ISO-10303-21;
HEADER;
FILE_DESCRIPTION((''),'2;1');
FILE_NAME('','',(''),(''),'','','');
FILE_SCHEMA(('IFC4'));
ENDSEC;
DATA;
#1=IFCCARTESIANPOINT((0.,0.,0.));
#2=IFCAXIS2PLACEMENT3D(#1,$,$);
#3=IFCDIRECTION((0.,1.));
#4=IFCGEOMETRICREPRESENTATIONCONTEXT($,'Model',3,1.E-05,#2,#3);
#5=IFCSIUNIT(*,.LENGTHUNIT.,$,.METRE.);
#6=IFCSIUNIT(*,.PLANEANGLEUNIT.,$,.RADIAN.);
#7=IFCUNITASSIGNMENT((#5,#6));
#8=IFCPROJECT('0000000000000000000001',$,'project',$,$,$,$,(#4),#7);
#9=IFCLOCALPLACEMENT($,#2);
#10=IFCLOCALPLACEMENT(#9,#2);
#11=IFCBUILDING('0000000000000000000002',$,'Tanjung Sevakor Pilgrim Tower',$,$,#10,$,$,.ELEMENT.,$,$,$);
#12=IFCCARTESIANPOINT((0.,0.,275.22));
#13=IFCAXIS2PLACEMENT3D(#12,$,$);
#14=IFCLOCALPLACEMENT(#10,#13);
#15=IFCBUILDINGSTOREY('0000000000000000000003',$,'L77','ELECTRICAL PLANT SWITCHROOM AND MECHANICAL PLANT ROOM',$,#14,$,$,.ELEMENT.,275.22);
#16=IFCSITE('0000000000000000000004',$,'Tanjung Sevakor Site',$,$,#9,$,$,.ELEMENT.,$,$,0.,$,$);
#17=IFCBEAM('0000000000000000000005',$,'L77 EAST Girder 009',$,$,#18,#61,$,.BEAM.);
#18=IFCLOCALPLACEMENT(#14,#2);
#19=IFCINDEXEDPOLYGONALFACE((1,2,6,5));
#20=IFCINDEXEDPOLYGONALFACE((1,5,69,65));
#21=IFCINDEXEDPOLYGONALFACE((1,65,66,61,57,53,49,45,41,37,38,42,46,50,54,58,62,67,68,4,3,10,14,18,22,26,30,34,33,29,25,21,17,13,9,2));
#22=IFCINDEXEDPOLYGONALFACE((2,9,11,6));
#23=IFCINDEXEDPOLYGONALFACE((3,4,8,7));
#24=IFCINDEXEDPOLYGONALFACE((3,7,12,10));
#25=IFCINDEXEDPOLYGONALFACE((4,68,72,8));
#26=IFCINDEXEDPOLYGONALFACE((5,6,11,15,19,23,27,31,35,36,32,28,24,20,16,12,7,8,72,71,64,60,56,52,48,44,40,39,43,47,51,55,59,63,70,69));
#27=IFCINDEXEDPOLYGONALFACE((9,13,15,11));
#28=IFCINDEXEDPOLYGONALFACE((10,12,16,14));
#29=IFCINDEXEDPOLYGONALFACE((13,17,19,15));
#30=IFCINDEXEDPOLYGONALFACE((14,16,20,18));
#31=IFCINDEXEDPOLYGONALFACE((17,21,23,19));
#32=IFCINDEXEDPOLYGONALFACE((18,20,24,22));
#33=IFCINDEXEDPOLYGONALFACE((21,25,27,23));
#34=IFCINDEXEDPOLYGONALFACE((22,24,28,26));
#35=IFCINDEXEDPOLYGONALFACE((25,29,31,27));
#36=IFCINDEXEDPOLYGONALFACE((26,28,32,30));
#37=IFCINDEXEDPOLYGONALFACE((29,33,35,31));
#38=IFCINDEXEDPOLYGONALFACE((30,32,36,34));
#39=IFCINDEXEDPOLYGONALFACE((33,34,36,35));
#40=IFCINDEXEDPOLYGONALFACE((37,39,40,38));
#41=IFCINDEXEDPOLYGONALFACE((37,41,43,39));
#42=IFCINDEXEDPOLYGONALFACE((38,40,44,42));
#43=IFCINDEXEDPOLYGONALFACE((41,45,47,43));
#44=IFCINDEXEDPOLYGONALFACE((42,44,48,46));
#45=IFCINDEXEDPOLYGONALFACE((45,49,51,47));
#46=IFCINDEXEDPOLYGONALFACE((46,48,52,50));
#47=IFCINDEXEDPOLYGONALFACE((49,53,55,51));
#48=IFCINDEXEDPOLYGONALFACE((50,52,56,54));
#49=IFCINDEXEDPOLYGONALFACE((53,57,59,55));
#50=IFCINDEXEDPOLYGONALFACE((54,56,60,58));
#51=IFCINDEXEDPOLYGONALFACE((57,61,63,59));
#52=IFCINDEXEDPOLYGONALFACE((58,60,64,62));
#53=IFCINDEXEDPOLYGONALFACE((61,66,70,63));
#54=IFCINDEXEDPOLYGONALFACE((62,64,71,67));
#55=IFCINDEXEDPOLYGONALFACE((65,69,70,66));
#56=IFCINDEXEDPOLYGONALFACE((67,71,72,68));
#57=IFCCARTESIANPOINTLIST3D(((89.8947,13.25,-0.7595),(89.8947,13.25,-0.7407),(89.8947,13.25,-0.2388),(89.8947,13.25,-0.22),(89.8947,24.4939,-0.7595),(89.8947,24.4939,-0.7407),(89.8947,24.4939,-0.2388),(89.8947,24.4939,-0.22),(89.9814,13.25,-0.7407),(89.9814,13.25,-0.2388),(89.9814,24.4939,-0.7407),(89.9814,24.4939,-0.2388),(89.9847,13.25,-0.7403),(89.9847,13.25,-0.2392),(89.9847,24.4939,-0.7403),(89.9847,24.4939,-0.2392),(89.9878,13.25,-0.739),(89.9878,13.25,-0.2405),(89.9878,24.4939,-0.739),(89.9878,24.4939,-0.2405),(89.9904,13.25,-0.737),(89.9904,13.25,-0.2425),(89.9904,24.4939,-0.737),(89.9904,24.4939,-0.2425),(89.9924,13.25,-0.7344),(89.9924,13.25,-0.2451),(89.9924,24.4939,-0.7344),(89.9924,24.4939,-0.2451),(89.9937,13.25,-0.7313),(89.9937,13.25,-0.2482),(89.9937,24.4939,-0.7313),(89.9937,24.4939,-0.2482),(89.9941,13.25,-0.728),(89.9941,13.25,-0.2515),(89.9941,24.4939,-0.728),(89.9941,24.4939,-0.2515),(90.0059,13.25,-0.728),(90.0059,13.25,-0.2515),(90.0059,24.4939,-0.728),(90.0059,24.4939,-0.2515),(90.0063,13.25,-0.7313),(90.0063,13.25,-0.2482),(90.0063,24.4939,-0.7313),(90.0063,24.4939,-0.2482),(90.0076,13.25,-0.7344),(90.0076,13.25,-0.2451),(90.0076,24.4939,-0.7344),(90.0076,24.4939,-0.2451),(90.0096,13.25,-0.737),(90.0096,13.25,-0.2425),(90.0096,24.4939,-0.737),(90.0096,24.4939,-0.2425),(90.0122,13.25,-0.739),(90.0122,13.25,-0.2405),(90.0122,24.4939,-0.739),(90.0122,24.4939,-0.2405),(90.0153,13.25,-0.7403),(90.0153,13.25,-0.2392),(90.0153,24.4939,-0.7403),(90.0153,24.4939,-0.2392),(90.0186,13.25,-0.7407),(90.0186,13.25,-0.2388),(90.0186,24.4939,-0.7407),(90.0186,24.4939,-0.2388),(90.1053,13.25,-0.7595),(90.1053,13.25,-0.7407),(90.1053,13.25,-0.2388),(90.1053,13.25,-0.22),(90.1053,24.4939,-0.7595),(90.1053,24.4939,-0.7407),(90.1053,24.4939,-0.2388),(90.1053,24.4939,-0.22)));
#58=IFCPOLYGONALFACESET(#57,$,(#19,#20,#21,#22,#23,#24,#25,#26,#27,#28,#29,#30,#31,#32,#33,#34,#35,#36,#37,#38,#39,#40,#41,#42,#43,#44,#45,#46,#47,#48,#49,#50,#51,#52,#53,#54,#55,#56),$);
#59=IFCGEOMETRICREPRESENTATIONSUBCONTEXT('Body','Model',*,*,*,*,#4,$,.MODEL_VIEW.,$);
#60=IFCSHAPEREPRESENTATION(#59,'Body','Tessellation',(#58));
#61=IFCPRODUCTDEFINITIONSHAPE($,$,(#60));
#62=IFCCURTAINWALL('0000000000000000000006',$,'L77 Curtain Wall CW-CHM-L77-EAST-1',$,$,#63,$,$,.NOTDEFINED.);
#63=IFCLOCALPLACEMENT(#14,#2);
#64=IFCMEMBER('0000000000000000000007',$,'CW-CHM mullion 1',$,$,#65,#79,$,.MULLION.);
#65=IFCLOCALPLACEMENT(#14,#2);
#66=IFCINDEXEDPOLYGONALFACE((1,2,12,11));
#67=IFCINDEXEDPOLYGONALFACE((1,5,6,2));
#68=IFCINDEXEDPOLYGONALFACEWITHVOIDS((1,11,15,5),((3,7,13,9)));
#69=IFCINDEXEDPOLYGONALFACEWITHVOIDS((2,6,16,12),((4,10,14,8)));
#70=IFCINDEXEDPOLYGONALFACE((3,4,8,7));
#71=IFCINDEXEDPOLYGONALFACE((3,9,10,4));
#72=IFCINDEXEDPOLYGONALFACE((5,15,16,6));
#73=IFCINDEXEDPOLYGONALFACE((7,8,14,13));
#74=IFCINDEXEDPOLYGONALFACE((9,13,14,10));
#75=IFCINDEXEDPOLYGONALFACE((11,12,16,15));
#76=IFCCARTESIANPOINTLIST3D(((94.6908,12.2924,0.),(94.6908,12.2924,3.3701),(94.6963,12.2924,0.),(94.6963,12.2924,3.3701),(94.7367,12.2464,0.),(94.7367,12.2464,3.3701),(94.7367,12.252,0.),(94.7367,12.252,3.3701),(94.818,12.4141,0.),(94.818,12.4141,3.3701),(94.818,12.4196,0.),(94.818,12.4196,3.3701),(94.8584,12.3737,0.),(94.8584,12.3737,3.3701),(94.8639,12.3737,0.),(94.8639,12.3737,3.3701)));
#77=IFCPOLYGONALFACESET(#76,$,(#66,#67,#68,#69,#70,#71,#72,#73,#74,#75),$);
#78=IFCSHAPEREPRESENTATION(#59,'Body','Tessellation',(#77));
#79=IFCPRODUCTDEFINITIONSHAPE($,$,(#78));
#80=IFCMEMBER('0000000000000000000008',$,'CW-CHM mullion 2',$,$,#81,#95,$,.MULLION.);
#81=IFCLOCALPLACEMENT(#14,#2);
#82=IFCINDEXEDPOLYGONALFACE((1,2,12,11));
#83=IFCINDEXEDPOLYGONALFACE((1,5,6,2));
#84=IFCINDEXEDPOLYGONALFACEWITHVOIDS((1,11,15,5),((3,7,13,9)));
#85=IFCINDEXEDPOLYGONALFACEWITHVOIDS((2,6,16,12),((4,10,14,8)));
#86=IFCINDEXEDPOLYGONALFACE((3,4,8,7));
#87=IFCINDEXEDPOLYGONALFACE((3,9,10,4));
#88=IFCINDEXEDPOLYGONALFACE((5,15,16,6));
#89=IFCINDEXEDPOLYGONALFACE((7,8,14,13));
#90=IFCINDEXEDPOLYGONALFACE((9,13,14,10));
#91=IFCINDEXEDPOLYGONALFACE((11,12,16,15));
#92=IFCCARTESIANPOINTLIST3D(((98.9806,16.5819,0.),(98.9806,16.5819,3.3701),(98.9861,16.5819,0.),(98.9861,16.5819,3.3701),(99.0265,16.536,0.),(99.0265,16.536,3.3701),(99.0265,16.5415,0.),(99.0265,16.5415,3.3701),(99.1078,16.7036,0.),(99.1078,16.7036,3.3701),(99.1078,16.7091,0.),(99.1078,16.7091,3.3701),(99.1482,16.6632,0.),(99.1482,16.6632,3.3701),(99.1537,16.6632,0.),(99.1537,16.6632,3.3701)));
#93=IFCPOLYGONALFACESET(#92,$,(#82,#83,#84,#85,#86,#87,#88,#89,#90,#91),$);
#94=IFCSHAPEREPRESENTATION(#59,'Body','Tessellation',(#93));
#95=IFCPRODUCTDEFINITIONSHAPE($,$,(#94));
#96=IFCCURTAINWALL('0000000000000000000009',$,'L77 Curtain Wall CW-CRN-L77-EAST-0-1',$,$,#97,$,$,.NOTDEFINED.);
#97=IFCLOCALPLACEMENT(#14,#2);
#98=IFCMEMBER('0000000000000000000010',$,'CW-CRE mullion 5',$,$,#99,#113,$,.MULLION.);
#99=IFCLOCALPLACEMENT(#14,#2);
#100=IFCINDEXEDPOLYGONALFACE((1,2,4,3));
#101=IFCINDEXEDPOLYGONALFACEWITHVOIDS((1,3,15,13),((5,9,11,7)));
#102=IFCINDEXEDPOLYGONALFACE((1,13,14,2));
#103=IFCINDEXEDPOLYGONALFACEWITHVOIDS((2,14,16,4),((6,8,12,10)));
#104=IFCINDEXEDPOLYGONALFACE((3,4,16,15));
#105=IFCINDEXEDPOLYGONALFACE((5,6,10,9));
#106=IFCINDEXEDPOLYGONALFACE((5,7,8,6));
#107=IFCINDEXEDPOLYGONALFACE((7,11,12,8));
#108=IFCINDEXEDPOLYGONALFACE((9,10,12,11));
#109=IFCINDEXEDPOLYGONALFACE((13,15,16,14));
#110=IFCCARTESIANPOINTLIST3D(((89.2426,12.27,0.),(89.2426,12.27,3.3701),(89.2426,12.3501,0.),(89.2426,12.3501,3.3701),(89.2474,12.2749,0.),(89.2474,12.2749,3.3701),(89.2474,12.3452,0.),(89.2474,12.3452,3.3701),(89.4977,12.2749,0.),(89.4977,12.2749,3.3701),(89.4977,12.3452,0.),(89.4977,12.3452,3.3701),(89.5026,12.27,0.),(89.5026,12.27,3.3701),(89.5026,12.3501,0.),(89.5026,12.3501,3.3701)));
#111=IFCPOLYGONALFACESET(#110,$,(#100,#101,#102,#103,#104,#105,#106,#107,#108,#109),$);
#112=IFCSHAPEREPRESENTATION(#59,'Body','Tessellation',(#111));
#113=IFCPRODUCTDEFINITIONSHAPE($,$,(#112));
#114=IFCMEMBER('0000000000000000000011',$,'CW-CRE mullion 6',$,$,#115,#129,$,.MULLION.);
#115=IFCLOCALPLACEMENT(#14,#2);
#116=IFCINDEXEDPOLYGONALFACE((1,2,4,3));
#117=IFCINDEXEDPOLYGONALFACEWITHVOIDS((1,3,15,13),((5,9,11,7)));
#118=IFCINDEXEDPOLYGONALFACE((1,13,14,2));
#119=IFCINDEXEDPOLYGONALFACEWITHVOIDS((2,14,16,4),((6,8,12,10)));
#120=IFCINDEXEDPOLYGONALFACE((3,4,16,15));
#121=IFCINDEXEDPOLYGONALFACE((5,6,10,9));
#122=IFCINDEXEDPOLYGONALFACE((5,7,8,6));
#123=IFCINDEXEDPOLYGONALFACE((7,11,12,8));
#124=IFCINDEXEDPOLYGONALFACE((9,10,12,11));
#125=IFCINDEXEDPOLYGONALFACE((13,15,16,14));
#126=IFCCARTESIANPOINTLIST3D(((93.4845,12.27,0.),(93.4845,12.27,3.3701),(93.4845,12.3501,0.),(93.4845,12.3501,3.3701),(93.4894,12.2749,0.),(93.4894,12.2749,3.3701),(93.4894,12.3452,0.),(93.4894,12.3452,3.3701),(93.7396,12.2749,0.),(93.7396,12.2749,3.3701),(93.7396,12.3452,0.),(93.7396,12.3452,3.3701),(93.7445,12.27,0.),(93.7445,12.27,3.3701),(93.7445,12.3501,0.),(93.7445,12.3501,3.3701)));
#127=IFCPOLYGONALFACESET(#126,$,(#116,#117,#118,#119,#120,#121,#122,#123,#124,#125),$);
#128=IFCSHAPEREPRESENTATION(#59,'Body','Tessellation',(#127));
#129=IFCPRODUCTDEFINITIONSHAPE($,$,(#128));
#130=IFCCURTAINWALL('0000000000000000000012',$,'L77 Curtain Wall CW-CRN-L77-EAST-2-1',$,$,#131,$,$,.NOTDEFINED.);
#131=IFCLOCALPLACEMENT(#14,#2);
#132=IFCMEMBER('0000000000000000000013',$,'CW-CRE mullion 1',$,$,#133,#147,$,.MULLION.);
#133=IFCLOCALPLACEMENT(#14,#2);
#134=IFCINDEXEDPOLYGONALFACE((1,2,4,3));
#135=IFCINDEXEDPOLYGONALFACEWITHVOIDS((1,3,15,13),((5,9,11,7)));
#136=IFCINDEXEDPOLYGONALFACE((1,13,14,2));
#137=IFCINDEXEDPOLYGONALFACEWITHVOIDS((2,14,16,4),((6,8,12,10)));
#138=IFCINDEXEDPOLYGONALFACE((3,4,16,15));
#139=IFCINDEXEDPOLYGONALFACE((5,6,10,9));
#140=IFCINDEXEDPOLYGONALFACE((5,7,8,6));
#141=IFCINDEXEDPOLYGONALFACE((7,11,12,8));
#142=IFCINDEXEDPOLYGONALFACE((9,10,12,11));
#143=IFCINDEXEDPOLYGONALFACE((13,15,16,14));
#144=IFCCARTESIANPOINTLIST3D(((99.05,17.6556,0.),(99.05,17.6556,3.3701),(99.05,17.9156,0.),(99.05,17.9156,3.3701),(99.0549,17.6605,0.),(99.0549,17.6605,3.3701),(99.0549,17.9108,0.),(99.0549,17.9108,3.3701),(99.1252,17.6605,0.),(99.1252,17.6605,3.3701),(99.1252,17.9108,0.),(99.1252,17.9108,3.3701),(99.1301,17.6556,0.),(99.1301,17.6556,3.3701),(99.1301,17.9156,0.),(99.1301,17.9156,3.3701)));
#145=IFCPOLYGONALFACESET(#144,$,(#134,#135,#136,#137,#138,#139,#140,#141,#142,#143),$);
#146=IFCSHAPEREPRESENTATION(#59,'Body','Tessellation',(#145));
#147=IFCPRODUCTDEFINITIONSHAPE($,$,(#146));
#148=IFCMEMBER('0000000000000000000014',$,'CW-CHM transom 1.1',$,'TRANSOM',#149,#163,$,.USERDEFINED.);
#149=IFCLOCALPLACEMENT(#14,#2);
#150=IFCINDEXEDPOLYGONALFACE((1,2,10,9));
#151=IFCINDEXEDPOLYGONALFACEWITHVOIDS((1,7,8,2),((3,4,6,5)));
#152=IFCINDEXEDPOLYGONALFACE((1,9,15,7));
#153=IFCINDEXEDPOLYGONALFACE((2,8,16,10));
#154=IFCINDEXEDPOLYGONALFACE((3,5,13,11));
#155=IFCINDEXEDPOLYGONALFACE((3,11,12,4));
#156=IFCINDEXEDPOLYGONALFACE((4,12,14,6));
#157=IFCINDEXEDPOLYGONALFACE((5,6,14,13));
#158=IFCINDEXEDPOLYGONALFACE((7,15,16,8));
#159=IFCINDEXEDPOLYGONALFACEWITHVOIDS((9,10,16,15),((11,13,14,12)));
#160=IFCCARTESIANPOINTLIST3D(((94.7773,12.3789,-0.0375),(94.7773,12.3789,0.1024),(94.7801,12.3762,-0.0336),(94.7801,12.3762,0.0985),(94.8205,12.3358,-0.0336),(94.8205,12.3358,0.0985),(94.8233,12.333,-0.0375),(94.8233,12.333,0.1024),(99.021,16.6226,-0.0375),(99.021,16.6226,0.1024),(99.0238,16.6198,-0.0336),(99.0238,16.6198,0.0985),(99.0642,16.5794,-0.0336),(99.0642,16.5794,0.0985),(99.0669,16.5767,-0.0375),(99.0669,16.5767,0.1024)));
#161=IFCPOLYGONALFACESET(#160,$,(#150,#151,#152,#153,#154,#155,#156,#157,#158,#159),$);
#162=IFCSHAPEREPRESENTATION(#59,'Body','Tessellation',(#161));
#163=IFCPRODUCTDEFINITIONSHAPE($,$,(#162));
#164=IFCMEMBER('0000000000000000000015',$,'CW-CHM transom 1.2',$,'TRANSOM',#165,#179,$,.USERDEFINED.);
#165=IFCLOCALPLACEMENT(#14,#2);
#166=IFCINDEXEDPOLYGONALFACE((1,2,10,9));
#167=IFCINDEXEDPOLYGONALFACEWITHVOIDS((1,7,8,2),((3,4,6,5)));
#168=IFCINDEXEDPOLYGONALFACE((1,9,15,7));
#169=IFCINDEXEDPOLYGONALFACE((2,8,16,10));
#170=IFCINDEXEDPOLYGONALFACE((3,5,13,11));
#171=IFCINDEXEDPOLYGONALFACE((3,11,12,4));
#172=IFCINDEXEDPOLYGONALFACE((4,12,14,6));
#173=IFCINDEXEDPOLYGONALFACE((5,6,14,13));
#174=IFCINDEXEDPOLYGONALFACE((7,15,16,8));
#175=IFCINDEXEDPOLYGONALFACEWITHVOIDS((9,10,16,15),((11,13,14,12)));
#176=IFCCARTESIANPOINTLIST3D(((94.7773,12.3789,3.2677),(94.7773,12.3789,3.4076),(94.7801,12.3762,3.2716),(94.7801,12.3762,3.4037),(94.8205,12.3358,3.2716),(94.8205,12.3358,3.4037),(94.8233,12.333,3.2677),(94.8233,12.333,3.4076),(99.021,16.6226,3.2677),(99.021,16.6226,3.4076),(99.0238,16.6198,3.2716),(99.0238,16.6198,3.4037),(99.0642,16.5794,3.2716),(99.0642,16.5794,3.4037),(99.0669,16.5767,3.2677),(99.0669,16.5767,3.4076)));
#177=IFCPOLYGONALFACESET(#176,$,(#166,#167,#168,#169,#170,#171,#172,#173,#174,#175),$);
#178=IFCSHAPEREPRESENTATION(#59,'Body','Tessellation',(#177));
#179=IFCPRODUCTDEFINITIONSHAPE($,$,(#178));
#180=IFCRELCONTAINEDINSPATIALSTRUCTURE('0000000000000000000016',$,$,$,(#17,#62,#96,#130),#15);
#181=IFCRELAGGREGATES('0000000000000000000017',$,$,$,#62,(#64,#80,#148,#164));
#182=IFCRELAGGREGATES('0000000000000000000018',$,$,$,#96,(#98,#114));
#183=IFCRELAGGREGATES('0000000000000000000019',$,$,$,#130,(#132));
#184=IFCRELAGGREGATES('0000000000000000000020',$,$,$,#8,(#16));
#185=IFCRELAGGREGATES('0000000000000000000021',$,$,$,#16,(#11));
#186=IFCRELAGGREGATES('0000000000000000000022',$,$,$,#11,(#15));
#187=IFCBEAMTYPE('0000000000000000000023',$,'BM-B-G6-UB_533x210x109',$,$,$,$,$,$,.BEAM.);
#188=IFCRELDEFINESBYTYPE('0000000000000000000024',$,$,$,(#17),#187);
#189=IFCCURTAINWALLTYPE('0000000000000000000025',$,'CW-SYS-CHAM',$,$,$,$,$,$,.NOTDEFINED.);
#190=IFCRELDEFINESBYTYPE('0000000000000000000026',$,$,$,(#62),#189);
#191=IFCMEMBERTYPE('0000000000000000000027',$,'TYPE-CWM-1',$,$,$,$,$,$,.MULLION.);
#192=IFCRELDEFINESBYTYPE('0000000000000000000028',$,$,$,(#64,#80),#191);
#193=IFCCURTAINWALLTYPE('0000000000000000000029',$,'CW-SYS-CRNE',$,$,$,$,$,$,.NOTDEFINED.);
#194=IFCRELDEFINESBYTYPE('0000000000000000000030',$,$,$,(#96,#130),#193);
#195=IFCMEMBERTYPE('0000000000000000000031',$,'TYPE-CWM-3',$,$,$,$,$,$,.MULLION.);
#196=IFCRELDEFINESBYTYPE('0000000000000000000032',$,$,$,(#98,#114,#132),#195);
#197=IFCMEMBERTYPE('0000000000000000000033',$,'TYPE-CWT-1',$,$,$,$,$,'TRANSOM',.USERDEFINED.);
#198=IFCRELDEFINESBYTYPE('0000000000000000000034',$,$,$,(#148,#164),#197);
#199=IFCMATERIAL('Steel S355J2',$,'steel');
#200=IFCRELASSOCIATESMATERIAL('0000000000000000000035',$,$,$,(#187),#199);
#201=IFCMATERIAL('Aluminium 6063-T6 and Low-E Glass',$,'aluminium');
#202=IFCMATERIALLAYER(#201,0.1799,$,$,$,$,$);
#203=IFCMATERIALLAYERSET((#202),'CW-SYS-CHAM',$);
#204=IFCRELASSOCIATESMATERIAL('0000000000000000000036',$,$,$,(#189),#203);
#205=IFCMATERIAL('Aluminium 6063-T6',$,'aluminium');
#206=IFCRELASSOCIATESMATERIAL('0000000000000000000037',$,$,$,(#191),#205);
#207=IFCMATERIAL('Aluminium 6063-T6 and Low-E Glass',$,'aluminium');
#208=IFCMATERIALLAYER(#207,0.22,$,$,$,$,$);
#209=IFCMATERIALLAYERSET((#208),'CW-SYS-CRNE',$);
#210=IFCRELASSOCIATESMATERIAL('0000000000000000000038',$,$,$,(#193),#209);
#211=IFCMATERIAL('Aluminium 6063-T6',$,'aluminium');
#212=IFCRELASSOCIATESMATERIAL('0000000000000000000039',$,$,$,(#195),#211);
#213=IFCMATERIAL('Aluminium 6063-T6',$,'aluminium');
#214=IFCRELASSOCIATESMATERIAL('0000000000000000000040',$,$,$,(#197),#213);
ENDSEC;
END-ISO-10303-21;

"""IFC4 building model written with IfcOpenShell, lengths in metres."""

from ifc_helpers import new_model, si_unit, direction, frame, origin, origin_2d, place, context, subcontext, project, spatial, hollow_rectangle, i_section, extrude, material, layer, layer_set, material_profile, profile_set, type_object, element, aggregate, save


model = new_model("IFC4")

# Units and contexts
model_context = context("Model", 3, precision=1e-05, world=origin(), true_north=direction((0.0, 1.0)))
body_context = subcontext(model_context, "Body", "Model", "MODEL_VIEW")
ifc_project = project(units=[si_unit("LENGTHUNIT", "METRE"), si_unit("PLANEANGLEUNIT", "RADIAN")], contexts=[model_context])

# Site, building, storey
site_placement = place(None, origin())
site = spatial("IfcSite", under=ifc_project, at=site_placement, Name="Tanjung Sevakor Site", CompositionType="ELEMENT", RefElevation=0.0)
building_placement = place(site_placement, origin())
building = spatial("IfcBuilding", under=site, at=building_placement, Name="Tanjung Sevakor Pilgrim Tower", CompositionType="ELEMENT")
storey_placement = place(building_placement, frame((0.0, 0.0, 275.22)))
storey = spatial("IfcBuildingStorey", under=building, at=storey_placement, Name="L77", Description="ELECTRICAL PLANT SWITCHROOM AND MECHANICAL PLANT ROOM", CompositionType="ELEMENT", Elevation=275.22)

# Beam
ifc_material_1 = material(Name="Steel S355J2", Category="steel")
ifc_material_profile_1 = material_profile(ifc_material_1, i_section(OverallWidth=0.2107, OverallDepth=0.5396, WebThickness=0.0117, FlangeThickness=0.0188, FilletRadius=0.0127, at=origin_2d()))
ifc_profile_set_1 = profile_set([ifc_material_profile_1], Name="Steel S355J2")
beam_type_1 = type_object("IfcBeamType", Name="BM-B-G6-UB_533x210x109", PredefinedType="BEAM", material=ifc_profile_set_1)
beam_1_placement = place(storey_placement, frame((90.0, 13.25, -0.4897), z_axis=(0.0, 1.0, 0.0), x_axis=(-1.0, 0.0, 0.0)))
element("IfcBeam", 1, at=beam_1_placement, inside=storey, type_object=beam_type_1, Name="L77 EAST Girder 009", PredefinedType="BEAM", context=body_context, shape_type="SweptSolid", body=[
    extrude(i_section(OverallWidth=0.2107, OverallDepth=0.5396, WebThickness=0.0117, FlangeThickness=0.0188, FilletRadius=0.0127, at=origin_2d()), origin(), (0.0, 0.0, 1.0), 11.2439),
])

# Curtain walls, members
ifc_material_2 = material(Name="Aluminium 6063-T6 and Low-E Glass", Category="aluminium")
ifc_layer_1 = layer(ifc_material_2, 0.1799)
ifc_layer_set_1 = layer_set([ifc_layer_1], Name="CW-SYS-CHAM")
curtain_wall_type_1 = type_object("IfcCurtainWallType", Name="CW-SYS-CHAM", PredefinedType="NOTDEFINED", material=ifc_layer_set_1)
curtain_wall_1_placement = place(storey_placement, origin())
curtain_wall_1 = element("IfcCurtainWall", 2, at=curtain_wall_1_placement, inside=storey, type_object=curtain_wall_type_1, Name="L77 Curtain Wall CW-CHM-L77-EAST-1", PredefinedType="NOTDEFINED")
ifc_material_3 = material(Name="Aluminium 6063-T6", Category="aluminium")
ifc_material_profile_2 = material_profile(ifc_material_3, hollow_rectangle(XDim=0.0649, YDim=0.1799, WallThickness=0.0039, at=origin_2d()))
ifc_profile_set_2 = profile_set([ifc_material_profile_2], Name="Aluminium 6063-T6")
member_type_1 = type_object("IfcMemberType", Name="TYPE-CWM-1", PredefinedType="MULLION", material=ifc_profile_set_2)
member_1_placement = place(storey_placement, frame((94.7773, 12.333, 0.0), z_axis=(0.0, 0.0, 1.0), x_axis=(-0.707107, 0.707107, 0.0)))
member_1 = element("IfcMember", 3, at=member_1_placement, type_object=member_type_1, Name="CW-CHM mullion 1", PredefinedType="MULLION", context=body_context, shape_type="SweptSolid", body=[
    extrude(hollow_rectangle(XDim=0.0649, YDim=0.1799, WallThickness=0.0039, at=origin_2d()), origin(), (0.0, 0.0, 1.0), 3.3701),
])
member_2_placement = place(storey_placement, frame((99.0671, 16.6226, 0.0), z_axis=(0.0, 0.0, 1.0), x_axis=(-0.707107, 0.707107, 0.0)))
member_2 = element("IfcMember", 4, at=member_2_placement, type_object=member_type_1, Name="CW-CHM mullion 2", PredefinedType="MULLION", context=body_context, shape_type="SweptSolid", body=[
    extrude(hollow_rectangle(XDim=0.0649, YDim=0.1799, WallThickness=0.0039, at=origin_2d()), origin(), (0.0, 0.0, 1.0), 3.3701),
])
ifc_material_4 = material(Name="Aluminium 6063-T6 and Low-E Glass", Category="aluminium")
ifc_layer_2 = layer(ifc_material_4, 0.22)
ifc_layer_set_2 = layer_set([ifc_layer_2], Name="CW-SYS-CRNE")
curtain_wall_type_2 = type_object("IfcCurtainWallType", Name="CW-SYS-CRNE", PredefinedType="NOTDEFINED", material=ifc_layer_set_2)
curtain_wall_2_placement = place(storey_placement, origin())
curtain_wall_2 = element("IfcCurtainWall", 5, at=curtain_wall_2_placement, inside=storey, type_object=curtain_wall_type_2, Name="L77 Curtain Wall CW-CRN-L77-EAST-0-1", PredefinedType="NOTDEFINED")
ifc_material_5 = material(Name="Aluminium 6063-T6", Category="aluminium")
ifc_material_profile_3 = material_profile(ifc_material_5, hollow_rectangle(XDim=0.0801, YDim=0.26, WallThickness=0.0049, at=origin_2d()))
ifc_profile_set_3 = profile_set([ifc_material_profile_3], Name="Aluminium 6063-T6")
member_type_2 = type_object("IfcMemberType", Name="TYPE-CWM-3", PredefinedType="MULLION", material=ifc_profile_set_3)
member_3_placement = place(storey_placement, frame((89.3726, 12.3101, 0.0), z_axis=(0.0, 0.0, 1.0), x_axis=(0.0, 1.0, 0.0)))
member_3 = element("IfcMember", 6, at=member_3_placement, type_object=member_type_2, Name="CW-CRE mullion 5", PredefinedType="MULLION", context=body_context, shape_type="SweptSolid", body=[
    extrude(hollow_rectangle(XDim=0.0801, YDim=0.26, WallThickness=0.0049, at=origin_2d()), origin(), (0.0, 0.0, 1.0), 3.3701),
])
member_4_placement = place(storey_placement, frame((93.6145, 12.3101, 0.0), z_axis=(0.0, 0.0, 1.0), x_axis=(0.0, 1.0, 0.0)))
member_4 = element("IfcMember", 7, at=member_4_placement, type_object=member_type_2, Name="CW-CRE mullion 6", PredefinedType="MULLION", context=body_context, shape_type="SweptSolid", body=[
    extrude(hollow_rectangle(XDim=0.0801, YDim=0.26, WallThickness=0.0049, at=origin_2d()), origin(), (0.0, 0.0, 1.0), 3.3701),
])

# Curtain wall, member
curtain_wall_3_placement = place(storey_placement, origin())
curtain_wall_3 = element("IfcCurtainWall", 8, at=curtain_wall_3_placement, inside=storey, type_object=curtain_wall_type_2, Name="L77 Curtain Wall CW-CRN-L77-EAST-2-1", PredefinedType="NOTDEFINED")
member_5_placement = place(storey_placement, frame((99.0901, 17.7856, 0.0), z_axis=(0.0, 0.0, 1.0), x_axis=(-1.0, 0.0, 0.0)))
member_5 = element("IfcMember", 9, at=member_5_placement, type_object=member_type_2, Name="CW-CRE mullion 1", PredefinedType="MULLION", context=body_context, shape_type="SweptSolid", body=[
    extrude(hollow_rectangle(XDim=0.0801, YDim=0.26, WallThickness=0.0049, at=origin_2d()), origin(), (0.0, 0.0, 1.0), 3.3701),
])

# Members
ifc_material_6 = material(Name="Aluminium 6063-T6", Category="aluminium")
ifc_material_profile_4 = material_profile(ifc_material_6, hollow_rectangle(XDim=0.0649, YDim=0.1399, WallThickness=0.0039, at=origin_2d()))
ifc_profile_set_4 = profile_set([ifc_material_profile_4], Name="Aluminium 6063-T6")
member_type_3 = type_object("IfcMemberType", Name="TYPE-CWT-1", ElementType="TRANSOM", PredefinedType="USERDEFINED", material=ifc_profile_set_4)
member_6_placement = place(storey_placement, frame((94.8003, 12.356, 0.0325), z_axis=(0.707107, 0.707107, 0.0), x_axis=(-0.707107, 0.707107, 0.0)))
member_6 = element("IfcMember", 10, at=member_6_placement, type_object=member_type_3, Name="CW-CHM transom 1.1", ObjectType="TRANSOM", PredefinedType="USERDEFINED", context=body_context, shape_type="SweptSolid", body=[
    extrude(hollow_rectangle(XDim=0.0649, YDim=0.1399, WallThickness=0.0039, at=origin_2d()), origin(), (0.0, 0.0, 1.0), 6.0015),
])
member_7_placement = place(storey_placement, frame((94.8003, 12.356, 3.3376), z_axis=(0.707107, 0.707107, 0.0), x_axis=(-0.707107, 0.707107, 0.0)))
member_7 = element("IfcMember", 11, at=member_7_placement, type_object=member_type_3, Name="CW-CHM transom 1.2", ObjectType="TRANSOM", PredefinedType="USERDEFINED", context=body_context, shape_type="SweptSolid", body=[
    extrude(hollow_rectangle(XDim=0.0649, YDim=0.1399, WallThickness=0.0039, at=origin_2d()), origin(), (0.0, 0.0, 1.0), 6.0015),
])

aggregate(curtain_wall_1, [member_1, member_2, member_6, member_7])
aggregate(curtain_wall_2, [member_3, member_4])
aggregate(curtain_wall_3, [member_5])

save(model, "model.ifc")
